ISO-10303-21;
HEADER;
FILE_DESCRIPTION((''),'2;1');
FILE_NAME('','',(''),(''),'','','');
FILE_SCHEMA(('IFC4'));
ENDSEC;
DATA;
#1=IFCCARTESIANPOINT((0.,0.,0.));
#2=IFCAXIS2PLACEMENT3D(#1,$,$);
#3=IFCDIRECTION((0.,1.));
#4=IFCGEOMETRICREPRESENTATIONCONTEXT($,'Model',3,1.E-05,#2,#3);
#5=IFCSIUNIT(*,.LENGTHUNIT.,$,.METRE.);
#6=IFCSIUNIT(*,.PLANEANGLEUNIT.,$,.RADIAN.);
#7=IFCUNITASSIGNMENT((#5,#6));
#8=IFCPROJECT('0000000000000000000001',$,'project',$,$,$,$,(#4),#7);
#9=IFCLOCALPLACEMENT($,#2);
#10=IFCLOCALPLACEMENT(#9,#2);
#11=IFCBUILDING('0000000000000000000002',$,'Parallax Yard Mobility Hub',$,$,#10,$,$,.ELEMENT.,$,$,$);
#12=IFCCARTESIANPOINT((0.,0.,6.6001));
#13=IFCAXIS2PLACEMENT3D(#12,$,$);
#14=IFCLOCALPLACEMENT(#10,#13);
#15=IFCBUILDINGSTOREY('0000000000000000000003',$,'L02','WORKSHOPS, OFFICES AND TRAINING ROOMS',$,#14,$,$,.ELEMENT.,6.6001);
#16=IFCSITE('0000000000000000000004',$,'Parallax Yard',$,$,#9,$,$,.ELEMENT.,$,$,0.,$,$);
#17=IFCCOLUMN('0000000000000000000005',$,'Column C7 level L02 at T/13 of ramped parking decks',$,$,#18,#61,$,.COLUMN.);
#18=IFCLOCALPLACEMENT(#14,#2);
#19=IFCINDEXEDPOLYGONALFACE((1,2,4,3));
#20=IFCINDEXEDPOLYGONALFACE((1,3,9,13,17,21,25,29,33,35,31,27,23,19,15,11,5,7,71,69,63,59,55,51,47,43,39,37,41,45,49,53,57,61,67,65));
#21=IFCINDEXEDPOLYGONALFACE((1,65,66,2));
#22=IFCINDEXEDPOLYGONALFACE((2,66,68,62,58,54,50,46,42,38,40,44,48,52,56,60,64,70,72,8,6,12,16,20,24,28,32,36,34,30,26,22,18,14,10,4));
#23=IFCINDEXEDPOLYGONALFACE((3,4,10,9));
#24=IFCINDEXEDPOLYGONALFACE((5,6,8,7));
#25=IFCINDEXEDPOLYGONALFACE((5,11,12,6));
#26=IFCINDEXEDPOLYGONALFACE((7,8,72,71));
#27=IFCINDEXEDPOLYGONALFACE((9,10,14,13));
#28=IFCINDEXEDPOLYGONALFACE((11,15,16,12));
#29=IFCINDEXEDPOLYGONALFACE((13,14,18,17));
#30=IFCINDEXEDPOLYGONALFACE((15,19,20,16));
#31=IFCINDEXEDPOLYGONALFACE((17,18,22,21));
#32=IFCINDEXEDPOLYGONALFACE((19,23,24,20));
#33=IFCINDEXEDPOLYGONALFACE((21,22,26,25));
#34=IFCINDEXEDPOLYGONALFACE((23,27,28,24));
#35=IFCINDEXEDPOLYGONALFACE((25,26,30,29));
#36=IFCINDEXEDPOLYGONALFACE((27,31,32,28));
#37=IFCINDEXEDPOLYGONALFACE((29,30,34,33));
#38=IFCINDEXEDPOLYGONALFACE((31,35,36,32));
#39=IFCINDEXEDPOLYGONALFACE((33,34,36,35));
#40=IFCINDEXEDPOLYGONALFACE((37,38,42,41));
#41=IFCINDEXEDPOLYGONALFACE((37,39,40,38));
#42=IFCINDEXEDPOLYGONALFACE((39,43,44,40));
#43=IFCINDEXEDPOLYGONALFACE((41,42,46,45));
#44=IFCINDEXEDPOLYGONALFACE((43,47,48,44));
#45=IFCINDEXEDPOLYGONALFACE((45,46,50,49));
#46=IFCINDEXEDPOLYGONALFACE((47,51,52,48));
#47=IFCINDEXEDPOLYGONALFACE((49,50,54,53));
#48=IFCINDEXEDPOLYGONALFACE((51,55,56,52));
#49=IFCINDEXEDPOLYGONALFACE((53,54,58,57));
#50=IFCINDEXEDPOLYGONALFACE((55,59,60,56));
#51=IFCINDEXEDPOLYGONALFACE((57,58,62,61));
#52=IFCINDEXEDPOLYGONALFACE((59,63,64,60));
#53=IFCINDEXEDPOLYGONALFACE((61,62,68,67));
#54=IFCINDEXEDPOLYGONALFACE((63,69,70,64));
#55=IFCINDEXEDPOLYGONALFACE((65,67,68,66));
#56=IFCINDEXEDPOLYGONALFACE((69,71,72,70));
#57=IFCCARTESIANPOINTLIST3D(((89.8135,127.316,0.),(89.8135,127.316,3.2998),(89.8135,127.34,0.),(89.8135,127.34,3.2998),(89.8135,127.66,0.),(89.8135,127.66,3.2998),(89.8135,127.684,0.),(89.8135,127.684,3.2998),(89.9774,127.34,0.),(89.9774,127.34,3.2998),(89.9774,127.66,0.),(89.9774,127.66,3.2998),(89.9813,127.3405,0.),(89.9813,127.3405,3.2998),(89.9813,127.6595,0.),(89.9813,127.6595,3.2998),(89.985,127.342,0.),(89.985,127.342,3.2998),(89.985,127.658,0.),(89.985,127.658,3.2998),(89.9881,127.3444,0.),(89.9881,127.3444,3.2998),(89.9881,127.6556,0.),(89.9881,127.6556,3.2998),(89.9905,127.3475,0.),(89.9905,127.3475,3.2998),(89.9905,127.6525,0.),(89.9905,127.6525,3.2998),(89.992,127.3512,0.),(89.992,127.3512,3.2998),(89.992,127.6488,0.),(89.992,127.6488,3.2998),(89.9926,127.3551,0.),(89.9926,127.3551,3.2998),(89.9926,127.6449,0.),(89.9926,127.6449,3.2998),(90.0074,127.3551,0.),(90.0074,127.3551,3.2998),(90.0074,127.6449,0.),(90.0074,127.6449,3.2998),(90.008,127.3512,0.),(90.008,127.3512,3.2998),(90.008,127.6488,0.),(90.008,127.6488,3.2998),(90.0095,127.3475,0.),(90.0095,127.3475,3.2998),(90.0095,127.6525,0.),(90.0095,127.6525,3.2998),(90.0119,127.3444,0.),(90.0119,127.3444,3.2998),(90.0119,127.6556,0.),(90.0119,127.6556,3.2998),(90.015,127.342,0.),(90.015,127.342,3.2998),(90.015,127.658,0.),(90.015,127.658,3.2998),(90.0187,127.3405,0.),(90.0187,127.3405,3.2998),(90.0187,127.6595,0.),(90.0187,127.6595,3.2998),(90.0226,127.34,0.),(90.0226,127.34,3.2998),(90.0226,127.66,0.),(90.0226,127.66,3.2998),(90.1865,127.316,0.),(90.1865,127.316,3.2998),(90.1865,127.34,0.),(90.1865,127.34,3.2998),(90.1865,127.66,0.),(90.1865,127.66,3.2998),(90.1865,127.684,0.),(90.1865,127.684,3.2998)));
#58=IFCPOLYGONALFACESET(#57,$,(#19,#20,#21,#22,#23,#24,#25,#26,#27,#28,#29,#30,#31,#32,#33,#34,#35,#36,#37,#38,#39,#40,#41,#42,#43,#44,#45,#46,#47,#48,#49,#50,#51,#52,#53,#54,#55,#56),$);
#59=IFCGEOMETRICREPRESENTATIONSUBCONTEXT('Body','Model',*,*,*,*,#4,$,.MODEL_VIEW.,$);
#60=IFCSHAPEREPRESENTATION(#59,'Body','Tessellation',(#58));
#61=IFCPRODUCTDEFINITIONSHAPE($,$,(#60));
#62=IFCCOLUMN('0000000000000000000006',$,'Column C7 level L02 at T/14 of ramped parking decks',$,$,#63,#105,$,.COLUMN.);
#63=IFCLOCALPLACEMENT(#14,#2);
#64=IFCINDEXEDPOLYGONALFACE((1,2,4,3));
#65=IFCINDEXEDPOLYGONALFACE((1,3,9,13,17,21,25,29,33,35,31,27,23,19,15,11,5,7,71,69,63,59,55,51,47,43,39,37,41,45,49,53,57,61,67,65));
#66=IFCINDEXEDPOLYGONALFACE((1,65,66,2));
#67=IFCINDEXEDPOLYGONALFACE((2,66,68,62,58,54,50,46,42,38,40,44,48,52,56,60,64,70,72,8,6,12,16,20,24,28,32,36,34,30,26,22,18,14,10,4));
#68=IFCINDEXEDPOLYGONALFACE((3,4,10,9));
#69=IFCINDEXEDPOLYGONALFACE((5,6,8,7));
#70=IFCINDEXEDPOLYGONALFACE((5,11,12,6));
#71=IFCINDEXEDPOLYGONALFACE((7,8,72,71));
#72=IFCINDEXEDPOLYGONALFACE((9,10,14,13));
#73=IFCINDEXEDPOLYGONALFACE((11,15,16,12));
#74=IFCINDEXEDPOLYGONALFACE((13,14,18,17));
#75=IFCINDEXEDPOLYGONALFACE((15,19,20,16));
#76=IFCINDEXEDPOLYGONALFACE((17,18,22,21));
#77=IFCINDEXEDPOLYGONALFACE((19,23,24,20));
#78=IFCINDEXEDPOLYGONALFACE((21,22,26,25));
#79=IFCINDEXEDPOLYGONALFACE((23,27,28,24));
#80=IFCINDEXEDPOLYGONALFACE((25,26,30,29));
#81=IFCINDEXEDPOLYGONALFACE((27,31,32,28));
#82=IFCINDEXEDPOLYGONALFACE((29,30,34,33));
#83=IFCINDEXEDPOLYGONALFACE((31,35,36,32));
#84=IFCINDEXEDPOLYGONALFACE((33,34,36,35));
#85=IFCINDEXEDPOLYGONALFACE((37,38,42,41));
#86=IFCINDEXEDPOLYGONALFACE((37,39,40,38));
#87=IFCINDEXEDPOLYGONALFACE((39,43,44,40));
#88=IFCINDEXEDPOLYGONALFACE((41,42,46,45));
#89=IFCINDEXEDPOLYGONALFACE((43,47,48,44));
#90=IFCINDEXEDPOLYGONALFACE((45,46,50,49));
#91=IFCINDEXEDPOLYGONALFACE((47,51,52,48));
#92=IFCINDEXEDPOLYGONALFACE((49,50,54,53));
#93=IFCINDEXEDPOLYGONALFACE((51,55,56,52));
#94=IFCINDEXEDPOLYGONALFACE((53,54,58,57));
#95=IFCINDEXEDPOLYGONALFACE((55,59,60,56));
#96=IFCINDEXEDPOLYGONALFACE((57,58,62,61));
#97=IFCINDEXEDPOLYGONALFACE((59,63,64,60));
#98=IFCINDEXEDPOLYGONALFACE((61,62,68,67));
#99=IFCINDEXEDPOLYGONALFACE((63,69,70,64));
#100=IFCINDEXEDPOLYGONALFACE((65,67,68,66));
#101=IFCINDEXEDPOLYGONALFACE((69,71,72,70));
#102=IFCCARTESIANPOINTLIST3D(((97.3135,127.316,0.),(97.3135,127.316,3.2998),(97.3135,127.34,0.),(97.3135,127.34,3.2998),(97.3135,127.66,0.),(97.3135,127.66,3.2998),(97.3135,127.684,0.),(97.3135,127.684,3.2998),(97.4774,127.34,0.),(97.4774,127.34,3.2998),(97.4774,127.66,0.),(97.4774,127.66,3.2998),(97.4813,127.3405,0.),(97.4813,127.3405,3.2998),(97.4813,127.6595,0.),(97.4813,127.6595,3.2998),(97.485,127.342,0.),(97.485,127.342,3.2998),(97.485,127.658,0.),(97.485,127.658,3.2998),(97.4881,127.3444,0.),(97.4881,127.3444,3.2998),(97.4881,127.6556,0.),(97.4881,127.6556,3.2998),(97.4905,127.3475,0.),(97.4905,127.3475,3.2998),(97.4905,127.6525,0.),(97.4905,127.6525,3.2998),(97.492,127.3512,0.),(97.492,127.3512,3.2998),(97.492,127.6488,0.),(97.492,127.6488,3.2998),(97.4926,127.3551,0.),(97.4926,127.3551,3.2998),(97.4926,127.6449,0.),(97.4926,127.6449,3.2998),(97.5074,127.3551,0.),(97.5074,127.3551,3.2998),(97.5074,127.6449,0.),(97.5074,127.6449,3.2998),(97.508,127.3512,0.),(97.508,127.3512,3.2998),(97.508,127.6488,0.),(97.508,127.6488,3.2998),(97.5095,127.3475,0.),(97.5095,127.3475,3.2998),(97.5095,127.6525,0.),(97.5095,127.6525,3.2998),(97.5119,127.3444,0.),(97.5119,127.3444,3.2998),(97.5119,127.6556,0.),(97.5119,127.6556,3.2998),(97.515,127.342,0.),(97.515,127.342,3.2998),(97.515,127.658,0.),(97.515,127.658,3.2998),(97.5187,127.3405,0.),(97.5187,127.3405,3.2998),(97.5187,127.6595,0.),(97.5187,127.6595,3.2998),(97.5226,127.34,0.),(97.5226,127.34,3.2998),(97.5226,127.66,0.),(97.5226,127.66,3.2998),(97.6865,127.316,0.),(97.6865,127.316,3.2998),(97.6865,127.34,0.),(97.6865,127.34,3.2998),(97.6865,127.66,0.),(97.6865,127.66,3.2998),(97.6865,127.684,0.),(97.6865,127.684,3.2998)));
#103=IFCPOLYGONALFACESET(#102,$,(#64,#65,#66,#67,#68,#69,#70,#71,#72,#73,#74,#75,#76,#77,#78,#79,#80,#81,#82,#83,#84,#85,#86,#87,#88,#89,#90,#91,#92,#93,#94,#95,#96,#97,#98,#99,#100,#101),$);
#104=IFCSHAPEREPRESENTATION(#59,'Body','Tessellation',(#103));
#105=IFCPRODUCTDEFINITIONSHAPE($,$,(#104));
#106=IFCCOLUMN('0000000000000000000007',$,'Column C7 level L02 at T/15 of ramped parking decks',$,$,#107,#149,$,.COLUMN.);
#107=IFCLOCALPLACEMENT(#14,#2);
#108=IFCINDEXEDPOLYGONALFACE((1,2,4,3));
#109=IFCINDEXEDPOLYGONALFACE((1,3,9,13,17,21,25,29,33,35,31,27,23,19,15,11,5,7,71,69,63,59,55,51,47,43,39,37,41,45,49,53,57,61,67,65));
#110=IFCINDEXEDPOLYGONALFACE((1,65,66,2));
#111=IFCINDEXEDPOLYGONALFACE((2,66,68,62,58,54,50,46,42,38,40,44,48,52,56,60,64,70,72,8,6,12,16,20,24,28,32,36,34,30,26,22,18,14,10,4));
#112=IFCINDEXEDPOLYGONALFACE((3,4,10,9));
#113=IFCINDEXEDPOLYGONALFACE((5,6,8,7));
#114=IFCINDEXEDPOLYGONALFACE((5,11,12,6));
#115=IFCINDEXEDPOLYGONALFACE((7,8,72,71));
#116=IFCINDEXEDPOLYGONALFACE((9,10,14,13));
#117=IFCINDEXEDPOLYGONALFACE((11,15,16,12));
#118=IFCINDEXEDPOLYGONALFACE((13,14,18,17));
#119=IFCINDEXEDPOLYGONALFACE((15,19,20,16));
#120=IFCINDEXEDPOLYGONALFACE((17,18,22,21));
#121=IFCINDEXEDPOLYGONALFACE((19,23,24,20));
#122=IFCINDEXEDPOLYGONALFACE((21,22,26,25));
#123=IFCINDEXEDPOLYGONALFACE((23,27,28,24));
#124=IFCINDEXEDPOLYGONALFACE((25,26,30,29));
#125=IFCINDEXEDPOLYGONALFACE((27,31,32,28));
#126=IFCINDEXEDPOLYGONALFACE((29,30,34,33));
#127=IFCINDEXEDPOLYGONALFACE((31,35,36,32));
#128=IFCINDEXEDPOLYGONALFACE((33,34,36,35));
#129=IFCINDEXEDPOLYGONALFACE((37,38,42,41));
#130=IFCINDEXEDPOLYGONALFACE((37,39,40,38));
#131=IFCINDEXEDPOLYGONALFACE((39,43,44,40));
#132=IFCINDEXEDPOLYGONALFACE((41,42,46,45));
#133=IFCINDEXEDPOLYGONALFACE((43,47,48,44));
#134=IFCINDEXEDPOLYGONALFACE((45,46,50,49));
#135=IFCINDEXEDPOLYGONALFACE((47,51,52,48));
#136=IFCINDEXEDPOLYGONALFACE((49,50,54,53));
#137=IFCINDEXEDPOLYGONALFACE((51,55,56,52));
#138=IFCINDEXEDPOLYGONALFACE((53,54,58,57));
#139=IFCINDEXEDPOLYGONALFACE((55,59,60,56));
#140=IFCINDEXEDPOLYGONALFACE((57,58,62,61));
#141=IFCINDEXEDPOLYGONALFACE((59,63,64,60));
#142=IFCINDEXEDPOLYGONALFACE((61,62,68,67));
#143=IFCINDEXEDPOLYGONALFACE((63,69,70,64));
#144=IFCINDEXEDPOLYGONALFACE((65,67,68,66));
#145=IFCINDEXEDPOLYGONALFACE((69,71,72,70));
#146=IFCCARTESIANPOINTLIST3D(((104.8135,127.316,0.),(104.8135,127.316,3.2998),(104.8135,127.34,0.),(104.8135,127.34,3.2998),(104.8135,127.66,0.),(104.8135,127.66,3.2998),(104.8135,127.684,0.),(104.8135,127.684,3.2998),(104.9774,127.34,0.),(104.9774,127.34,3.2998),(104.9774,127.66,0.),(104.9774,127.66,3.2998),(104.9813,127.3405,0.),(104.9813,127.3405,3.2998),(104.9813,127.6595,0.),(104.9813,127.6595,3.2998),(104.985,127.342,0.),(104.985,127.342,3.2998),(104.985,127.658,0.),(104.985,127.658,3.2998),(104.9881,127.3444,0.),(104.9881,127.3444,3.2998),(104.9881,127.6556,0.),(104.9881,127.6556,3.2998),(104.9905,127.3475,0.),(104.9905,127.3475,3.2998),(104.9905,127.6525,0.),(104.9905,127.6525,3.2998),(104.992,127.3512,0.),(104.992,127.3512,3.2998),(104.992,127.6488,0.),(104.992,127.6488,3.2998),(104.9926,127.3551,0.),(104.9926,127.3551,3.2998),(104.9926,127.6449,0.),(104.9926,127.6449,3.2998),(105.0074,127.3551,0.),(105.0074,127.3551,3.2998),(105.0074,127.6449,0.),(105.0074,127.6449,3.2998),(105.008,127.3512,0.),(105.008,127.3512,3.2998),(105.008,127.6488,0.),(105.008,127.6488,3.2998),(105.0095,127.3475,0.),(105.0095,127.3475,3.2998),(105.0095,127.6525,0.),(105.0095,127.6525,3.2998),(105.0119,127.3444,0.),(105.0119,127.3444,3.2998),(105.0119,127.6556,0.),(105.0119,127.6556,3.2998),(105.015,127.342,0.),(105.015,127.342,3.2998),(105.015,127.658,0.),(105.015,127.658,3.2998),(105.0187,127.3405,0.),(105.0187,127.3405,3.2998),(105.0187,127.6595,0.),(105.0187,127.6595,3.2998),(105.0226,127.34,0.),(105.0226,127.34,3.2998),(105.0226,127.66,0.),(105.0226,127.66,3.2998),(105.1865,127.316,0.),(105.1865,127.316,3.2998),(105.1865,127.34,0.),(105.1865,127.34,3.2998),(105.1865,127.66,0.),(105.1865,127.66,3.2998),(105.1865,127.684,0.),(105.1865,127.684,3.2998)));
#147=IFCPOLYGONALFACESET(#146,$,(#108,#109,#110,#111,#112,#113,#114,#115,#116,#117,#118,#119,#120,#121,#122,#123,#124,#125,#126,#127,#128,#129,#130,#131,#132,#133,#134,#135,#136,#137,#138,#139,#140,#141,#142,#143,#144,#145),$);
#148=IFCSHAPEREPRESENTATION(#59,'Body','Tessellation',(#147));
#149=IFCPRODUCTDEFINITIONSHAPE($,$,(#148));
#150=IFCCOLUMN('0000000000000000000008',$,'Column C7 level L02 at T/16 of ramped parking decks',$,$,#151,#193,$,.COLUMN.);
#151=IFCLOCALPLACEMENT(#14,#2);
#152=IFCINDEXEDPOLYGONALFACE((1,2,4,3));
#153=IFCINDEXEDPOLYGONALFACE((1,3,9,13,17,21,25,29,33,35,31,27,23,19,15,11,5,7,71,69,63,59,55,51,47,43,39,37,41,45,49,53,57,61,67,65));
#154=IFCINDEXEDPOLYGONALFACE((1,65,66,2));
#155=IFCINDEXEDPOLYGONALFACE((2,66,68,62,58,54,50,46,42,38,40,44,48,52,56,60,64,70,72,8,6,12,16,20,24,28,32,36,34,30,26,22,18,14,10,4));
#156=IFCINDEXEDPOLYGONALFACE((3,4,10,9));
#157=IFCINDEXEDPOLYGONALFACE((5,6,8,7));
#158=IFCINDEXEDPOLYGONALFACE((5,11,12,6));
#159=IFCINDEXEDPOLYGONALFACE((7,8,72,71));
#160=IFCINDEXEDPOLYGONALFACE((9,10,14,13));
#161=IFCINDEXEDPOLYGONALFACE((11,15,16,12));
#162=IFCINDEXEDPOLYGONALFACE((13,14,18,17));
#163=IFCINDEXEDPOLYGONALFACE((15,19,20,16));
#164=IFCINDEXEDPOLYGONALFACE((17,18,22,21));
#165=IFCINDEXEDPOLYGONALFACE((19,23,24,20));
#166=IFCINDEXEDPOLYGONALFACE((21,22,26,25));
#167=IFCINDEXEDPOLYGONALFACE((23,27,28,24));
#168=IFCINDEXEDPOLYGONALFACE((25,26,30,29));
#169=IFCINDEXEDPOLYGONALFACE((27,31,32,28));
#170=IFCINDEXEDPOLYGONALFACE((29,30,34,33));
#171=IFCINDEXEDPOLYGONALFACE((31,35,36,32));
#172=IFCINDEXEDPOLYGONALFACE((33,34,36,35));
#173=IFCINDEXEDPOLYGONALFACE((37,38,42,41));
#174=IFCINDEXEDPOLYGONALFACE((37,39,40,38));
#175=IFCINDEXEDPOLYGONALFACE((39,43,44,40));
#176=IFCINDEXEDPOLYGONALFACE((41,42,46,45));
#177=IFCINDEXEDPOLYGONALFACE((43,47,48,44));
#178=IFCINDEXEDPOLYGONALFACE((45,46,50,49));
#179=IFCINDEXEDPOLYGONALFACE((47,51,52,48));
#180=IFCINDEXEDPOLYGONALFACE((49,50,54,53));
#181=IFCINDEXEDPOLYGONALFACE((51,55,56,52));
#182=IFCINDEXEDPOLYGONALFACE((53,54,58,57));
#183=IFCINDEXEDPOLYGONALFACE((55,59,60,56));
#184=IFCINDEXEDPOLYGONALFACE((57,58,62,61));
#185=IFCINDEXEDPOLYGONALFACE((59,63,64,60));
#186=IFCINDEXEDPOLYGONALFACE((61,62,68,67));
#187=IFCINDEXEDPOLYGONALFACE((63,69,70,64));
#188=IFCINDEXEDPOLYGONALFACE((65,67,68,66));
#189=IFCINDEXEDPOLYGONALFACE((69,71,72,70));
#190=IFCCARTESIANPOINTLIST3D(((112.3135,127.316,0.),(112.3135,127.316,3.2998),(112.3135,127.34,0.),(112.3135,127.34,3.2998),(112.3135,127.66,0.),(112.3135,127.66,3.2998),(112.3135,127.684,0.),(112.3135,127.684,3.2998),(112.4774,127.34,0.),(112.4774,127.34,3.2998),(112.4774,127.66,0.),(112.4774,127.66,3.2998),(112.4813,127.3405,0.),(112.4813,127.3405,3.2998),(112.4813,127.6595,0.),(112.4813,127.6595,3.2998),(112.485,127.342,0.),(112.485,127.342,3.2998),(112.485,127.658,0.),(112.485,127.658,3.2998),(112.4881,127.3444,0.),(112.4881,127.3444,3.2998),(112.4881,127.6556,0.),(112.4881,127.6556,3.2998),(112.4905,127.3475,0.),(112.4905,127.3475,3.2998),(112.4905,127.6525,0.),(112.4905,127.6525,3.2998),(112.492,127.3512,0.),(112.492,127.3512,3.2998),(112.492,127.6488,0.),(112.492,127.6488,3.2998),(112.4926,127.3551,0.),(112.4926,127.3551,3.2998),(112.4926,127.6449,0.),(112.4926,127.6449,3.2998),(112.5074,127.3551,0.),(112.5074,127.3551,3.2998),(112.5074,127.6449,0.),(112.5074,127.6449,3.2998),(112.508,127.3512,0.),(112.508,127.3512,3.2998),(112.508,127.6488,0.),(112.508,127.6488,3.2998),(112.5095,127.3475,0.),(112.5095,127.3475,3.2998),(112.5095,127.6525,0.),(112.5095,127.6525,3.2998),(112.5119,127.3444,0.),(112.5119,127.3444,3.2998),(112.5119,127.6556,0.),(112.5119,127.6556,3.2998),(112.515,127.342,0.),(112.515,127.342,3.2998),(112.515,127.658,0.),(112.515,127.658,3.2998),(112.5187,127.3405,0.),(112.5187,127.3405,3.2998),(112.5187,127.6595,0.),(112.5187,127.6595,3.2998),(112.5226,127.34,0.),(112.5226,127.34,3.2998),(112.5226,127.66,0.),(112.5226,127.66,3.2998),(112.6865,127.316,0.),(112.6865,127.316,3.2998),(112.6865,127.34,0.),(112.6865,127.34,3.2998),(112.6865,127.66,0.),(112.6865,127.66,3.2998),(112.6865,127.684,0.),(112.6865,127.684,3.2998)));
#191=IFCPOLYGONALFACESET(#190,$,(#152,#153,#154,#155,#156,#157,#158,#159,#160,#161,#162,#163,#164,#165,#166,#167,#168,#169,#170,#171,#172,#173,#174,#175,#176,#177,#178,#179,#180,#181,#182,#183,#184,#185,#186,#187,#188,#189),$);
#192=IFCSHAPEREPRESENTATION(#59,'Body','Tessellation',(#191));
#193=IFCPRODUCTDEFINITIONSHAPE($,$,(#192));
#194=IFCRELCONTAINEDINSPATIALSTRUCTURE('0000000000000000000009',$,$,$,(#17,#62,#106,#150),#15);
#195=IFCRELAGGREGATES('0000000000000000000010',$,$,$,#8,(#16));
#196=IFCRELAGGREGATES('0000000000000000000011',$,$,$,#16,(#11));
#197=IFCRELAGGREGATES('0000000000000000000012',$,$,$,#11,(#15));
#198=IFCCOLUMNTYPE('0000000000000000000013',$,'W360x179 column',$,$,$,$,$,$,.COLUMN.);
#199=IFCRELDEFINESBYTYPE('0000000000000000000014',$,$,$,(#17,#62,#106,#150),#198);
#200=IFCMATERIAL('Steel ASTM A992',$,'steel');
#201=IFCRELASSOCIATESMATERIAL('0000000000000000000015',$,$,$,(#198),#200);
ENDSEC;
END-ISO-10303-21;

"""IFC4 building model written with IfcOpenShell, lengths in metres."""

from ifc_helpers import new_model, si_unit, direction, frame, origin, origin_2d, place, context, subcontext, project, spatial, i_section, extrude, material, material_profile, profile_set, type_object, element, save


model = new_model("IFC4")

# Units and contexts
model_context = context("Model", 3, precision=1e-05, world=origin(), true_north=direction((0.0, 1.0)))
body_context = subcontext(model_context, "Body", "Model", "MODEL_VIEW")
ifc_project = project(units=[si_unit("LENGTHUNIT", "METRE"), si_unit("PLANEANGLEUNIT", "RADIAN")], contexts=[model_context])

# Site, building, storey
site_placement = place(None, origin())
site = spatial("IfcSite", under=ifc_project, at=site_placement, Name="Parallax Yard", CompositionType="ELEMENT", RefElevation=0.0)
building_placement = place(site_placement, origin())
building = spatial("IfcBuilding", under=site, at=building_placement, Name="Parallax Yard Mobility Hub", CompositionType="ELEMENT")
storey_placement = place(building_placement, frame((0.0, 0.0, 6.6001)))
storey = spatial("IfcBuildingStorey", under=building, at=storey_placement, Name="L02", Description="WORKSHOPS, OFFICES AND TRAINING ROOMS", CompositionType="ELEMENT", Elevation=6.6001)

# Columns
ifc_material_1 = material(Name="Steel ASTM A992", Category="steel")
ifc_material_profile_1 = material_profile(ifc_material_1, i_section(OverallWidth=0.373, OverallDepth=0.3679, WebThickness=0.0149, FlangeThickness=0.0239, FilletRadius=0.0151, at=origin_2d()), Name="W360x179")
ifc_profile_set_1 = profile_set([ifc_material_profile_1], Name="Steel ASTM A992")
column_type = type_object("IfcColumnType", Name="W360x179 column", PredefinedType="COLUMN", material=ifc_profile_set_1)
for number, where, z_axis, x_axis, name in (
    (1, (90.0, 127.5, 0.0), (0.0, 0.0, 1.0), (1.0, 0.0, 0.0), "Column C7 level L02 at T/13 of ramped parking decks"),
    (2, (97.5, 127.5, 0.0), (0.0, 0.0, 1.0), (1.0, 0.0, 0.0), "Column C7 level L02 at T/14 of ramped parking decks"),
    (3, (105.0, 127.5, 0.0), (0.0, 0.0, 1.0), (1.0, 0.0, 0.0), "Column C7 level L02 at T/15 of ramped parking decks"),
    (4, (112.5, 127.5, 0.0), (0.0, 0.0, 1.0), (1.0, 0.0, 0.0), "Column C7 level L02 at T/16 of ramped parking decks"),
):
    element("IfcColumn", number, at=place(storey_placement, frame(where, z_axis=z_axis, x_axis=x_axis)), inside=storey, type_object=column_type, Name=name, PredefinedType="COLUMN", context=body_context, shape_type="SweptSolid", body=[
        extrude(i_section(OverallWidth=0.373, OverallDepth=0.3679, WebThickness=0.0149, FlangeThickness=0.0239, FilletRadius=0.0151, at=origin_2d()), origin(), (0.0, 0.0, 1.0), 3.2998),
    ])

save(model, "model.ifc")
